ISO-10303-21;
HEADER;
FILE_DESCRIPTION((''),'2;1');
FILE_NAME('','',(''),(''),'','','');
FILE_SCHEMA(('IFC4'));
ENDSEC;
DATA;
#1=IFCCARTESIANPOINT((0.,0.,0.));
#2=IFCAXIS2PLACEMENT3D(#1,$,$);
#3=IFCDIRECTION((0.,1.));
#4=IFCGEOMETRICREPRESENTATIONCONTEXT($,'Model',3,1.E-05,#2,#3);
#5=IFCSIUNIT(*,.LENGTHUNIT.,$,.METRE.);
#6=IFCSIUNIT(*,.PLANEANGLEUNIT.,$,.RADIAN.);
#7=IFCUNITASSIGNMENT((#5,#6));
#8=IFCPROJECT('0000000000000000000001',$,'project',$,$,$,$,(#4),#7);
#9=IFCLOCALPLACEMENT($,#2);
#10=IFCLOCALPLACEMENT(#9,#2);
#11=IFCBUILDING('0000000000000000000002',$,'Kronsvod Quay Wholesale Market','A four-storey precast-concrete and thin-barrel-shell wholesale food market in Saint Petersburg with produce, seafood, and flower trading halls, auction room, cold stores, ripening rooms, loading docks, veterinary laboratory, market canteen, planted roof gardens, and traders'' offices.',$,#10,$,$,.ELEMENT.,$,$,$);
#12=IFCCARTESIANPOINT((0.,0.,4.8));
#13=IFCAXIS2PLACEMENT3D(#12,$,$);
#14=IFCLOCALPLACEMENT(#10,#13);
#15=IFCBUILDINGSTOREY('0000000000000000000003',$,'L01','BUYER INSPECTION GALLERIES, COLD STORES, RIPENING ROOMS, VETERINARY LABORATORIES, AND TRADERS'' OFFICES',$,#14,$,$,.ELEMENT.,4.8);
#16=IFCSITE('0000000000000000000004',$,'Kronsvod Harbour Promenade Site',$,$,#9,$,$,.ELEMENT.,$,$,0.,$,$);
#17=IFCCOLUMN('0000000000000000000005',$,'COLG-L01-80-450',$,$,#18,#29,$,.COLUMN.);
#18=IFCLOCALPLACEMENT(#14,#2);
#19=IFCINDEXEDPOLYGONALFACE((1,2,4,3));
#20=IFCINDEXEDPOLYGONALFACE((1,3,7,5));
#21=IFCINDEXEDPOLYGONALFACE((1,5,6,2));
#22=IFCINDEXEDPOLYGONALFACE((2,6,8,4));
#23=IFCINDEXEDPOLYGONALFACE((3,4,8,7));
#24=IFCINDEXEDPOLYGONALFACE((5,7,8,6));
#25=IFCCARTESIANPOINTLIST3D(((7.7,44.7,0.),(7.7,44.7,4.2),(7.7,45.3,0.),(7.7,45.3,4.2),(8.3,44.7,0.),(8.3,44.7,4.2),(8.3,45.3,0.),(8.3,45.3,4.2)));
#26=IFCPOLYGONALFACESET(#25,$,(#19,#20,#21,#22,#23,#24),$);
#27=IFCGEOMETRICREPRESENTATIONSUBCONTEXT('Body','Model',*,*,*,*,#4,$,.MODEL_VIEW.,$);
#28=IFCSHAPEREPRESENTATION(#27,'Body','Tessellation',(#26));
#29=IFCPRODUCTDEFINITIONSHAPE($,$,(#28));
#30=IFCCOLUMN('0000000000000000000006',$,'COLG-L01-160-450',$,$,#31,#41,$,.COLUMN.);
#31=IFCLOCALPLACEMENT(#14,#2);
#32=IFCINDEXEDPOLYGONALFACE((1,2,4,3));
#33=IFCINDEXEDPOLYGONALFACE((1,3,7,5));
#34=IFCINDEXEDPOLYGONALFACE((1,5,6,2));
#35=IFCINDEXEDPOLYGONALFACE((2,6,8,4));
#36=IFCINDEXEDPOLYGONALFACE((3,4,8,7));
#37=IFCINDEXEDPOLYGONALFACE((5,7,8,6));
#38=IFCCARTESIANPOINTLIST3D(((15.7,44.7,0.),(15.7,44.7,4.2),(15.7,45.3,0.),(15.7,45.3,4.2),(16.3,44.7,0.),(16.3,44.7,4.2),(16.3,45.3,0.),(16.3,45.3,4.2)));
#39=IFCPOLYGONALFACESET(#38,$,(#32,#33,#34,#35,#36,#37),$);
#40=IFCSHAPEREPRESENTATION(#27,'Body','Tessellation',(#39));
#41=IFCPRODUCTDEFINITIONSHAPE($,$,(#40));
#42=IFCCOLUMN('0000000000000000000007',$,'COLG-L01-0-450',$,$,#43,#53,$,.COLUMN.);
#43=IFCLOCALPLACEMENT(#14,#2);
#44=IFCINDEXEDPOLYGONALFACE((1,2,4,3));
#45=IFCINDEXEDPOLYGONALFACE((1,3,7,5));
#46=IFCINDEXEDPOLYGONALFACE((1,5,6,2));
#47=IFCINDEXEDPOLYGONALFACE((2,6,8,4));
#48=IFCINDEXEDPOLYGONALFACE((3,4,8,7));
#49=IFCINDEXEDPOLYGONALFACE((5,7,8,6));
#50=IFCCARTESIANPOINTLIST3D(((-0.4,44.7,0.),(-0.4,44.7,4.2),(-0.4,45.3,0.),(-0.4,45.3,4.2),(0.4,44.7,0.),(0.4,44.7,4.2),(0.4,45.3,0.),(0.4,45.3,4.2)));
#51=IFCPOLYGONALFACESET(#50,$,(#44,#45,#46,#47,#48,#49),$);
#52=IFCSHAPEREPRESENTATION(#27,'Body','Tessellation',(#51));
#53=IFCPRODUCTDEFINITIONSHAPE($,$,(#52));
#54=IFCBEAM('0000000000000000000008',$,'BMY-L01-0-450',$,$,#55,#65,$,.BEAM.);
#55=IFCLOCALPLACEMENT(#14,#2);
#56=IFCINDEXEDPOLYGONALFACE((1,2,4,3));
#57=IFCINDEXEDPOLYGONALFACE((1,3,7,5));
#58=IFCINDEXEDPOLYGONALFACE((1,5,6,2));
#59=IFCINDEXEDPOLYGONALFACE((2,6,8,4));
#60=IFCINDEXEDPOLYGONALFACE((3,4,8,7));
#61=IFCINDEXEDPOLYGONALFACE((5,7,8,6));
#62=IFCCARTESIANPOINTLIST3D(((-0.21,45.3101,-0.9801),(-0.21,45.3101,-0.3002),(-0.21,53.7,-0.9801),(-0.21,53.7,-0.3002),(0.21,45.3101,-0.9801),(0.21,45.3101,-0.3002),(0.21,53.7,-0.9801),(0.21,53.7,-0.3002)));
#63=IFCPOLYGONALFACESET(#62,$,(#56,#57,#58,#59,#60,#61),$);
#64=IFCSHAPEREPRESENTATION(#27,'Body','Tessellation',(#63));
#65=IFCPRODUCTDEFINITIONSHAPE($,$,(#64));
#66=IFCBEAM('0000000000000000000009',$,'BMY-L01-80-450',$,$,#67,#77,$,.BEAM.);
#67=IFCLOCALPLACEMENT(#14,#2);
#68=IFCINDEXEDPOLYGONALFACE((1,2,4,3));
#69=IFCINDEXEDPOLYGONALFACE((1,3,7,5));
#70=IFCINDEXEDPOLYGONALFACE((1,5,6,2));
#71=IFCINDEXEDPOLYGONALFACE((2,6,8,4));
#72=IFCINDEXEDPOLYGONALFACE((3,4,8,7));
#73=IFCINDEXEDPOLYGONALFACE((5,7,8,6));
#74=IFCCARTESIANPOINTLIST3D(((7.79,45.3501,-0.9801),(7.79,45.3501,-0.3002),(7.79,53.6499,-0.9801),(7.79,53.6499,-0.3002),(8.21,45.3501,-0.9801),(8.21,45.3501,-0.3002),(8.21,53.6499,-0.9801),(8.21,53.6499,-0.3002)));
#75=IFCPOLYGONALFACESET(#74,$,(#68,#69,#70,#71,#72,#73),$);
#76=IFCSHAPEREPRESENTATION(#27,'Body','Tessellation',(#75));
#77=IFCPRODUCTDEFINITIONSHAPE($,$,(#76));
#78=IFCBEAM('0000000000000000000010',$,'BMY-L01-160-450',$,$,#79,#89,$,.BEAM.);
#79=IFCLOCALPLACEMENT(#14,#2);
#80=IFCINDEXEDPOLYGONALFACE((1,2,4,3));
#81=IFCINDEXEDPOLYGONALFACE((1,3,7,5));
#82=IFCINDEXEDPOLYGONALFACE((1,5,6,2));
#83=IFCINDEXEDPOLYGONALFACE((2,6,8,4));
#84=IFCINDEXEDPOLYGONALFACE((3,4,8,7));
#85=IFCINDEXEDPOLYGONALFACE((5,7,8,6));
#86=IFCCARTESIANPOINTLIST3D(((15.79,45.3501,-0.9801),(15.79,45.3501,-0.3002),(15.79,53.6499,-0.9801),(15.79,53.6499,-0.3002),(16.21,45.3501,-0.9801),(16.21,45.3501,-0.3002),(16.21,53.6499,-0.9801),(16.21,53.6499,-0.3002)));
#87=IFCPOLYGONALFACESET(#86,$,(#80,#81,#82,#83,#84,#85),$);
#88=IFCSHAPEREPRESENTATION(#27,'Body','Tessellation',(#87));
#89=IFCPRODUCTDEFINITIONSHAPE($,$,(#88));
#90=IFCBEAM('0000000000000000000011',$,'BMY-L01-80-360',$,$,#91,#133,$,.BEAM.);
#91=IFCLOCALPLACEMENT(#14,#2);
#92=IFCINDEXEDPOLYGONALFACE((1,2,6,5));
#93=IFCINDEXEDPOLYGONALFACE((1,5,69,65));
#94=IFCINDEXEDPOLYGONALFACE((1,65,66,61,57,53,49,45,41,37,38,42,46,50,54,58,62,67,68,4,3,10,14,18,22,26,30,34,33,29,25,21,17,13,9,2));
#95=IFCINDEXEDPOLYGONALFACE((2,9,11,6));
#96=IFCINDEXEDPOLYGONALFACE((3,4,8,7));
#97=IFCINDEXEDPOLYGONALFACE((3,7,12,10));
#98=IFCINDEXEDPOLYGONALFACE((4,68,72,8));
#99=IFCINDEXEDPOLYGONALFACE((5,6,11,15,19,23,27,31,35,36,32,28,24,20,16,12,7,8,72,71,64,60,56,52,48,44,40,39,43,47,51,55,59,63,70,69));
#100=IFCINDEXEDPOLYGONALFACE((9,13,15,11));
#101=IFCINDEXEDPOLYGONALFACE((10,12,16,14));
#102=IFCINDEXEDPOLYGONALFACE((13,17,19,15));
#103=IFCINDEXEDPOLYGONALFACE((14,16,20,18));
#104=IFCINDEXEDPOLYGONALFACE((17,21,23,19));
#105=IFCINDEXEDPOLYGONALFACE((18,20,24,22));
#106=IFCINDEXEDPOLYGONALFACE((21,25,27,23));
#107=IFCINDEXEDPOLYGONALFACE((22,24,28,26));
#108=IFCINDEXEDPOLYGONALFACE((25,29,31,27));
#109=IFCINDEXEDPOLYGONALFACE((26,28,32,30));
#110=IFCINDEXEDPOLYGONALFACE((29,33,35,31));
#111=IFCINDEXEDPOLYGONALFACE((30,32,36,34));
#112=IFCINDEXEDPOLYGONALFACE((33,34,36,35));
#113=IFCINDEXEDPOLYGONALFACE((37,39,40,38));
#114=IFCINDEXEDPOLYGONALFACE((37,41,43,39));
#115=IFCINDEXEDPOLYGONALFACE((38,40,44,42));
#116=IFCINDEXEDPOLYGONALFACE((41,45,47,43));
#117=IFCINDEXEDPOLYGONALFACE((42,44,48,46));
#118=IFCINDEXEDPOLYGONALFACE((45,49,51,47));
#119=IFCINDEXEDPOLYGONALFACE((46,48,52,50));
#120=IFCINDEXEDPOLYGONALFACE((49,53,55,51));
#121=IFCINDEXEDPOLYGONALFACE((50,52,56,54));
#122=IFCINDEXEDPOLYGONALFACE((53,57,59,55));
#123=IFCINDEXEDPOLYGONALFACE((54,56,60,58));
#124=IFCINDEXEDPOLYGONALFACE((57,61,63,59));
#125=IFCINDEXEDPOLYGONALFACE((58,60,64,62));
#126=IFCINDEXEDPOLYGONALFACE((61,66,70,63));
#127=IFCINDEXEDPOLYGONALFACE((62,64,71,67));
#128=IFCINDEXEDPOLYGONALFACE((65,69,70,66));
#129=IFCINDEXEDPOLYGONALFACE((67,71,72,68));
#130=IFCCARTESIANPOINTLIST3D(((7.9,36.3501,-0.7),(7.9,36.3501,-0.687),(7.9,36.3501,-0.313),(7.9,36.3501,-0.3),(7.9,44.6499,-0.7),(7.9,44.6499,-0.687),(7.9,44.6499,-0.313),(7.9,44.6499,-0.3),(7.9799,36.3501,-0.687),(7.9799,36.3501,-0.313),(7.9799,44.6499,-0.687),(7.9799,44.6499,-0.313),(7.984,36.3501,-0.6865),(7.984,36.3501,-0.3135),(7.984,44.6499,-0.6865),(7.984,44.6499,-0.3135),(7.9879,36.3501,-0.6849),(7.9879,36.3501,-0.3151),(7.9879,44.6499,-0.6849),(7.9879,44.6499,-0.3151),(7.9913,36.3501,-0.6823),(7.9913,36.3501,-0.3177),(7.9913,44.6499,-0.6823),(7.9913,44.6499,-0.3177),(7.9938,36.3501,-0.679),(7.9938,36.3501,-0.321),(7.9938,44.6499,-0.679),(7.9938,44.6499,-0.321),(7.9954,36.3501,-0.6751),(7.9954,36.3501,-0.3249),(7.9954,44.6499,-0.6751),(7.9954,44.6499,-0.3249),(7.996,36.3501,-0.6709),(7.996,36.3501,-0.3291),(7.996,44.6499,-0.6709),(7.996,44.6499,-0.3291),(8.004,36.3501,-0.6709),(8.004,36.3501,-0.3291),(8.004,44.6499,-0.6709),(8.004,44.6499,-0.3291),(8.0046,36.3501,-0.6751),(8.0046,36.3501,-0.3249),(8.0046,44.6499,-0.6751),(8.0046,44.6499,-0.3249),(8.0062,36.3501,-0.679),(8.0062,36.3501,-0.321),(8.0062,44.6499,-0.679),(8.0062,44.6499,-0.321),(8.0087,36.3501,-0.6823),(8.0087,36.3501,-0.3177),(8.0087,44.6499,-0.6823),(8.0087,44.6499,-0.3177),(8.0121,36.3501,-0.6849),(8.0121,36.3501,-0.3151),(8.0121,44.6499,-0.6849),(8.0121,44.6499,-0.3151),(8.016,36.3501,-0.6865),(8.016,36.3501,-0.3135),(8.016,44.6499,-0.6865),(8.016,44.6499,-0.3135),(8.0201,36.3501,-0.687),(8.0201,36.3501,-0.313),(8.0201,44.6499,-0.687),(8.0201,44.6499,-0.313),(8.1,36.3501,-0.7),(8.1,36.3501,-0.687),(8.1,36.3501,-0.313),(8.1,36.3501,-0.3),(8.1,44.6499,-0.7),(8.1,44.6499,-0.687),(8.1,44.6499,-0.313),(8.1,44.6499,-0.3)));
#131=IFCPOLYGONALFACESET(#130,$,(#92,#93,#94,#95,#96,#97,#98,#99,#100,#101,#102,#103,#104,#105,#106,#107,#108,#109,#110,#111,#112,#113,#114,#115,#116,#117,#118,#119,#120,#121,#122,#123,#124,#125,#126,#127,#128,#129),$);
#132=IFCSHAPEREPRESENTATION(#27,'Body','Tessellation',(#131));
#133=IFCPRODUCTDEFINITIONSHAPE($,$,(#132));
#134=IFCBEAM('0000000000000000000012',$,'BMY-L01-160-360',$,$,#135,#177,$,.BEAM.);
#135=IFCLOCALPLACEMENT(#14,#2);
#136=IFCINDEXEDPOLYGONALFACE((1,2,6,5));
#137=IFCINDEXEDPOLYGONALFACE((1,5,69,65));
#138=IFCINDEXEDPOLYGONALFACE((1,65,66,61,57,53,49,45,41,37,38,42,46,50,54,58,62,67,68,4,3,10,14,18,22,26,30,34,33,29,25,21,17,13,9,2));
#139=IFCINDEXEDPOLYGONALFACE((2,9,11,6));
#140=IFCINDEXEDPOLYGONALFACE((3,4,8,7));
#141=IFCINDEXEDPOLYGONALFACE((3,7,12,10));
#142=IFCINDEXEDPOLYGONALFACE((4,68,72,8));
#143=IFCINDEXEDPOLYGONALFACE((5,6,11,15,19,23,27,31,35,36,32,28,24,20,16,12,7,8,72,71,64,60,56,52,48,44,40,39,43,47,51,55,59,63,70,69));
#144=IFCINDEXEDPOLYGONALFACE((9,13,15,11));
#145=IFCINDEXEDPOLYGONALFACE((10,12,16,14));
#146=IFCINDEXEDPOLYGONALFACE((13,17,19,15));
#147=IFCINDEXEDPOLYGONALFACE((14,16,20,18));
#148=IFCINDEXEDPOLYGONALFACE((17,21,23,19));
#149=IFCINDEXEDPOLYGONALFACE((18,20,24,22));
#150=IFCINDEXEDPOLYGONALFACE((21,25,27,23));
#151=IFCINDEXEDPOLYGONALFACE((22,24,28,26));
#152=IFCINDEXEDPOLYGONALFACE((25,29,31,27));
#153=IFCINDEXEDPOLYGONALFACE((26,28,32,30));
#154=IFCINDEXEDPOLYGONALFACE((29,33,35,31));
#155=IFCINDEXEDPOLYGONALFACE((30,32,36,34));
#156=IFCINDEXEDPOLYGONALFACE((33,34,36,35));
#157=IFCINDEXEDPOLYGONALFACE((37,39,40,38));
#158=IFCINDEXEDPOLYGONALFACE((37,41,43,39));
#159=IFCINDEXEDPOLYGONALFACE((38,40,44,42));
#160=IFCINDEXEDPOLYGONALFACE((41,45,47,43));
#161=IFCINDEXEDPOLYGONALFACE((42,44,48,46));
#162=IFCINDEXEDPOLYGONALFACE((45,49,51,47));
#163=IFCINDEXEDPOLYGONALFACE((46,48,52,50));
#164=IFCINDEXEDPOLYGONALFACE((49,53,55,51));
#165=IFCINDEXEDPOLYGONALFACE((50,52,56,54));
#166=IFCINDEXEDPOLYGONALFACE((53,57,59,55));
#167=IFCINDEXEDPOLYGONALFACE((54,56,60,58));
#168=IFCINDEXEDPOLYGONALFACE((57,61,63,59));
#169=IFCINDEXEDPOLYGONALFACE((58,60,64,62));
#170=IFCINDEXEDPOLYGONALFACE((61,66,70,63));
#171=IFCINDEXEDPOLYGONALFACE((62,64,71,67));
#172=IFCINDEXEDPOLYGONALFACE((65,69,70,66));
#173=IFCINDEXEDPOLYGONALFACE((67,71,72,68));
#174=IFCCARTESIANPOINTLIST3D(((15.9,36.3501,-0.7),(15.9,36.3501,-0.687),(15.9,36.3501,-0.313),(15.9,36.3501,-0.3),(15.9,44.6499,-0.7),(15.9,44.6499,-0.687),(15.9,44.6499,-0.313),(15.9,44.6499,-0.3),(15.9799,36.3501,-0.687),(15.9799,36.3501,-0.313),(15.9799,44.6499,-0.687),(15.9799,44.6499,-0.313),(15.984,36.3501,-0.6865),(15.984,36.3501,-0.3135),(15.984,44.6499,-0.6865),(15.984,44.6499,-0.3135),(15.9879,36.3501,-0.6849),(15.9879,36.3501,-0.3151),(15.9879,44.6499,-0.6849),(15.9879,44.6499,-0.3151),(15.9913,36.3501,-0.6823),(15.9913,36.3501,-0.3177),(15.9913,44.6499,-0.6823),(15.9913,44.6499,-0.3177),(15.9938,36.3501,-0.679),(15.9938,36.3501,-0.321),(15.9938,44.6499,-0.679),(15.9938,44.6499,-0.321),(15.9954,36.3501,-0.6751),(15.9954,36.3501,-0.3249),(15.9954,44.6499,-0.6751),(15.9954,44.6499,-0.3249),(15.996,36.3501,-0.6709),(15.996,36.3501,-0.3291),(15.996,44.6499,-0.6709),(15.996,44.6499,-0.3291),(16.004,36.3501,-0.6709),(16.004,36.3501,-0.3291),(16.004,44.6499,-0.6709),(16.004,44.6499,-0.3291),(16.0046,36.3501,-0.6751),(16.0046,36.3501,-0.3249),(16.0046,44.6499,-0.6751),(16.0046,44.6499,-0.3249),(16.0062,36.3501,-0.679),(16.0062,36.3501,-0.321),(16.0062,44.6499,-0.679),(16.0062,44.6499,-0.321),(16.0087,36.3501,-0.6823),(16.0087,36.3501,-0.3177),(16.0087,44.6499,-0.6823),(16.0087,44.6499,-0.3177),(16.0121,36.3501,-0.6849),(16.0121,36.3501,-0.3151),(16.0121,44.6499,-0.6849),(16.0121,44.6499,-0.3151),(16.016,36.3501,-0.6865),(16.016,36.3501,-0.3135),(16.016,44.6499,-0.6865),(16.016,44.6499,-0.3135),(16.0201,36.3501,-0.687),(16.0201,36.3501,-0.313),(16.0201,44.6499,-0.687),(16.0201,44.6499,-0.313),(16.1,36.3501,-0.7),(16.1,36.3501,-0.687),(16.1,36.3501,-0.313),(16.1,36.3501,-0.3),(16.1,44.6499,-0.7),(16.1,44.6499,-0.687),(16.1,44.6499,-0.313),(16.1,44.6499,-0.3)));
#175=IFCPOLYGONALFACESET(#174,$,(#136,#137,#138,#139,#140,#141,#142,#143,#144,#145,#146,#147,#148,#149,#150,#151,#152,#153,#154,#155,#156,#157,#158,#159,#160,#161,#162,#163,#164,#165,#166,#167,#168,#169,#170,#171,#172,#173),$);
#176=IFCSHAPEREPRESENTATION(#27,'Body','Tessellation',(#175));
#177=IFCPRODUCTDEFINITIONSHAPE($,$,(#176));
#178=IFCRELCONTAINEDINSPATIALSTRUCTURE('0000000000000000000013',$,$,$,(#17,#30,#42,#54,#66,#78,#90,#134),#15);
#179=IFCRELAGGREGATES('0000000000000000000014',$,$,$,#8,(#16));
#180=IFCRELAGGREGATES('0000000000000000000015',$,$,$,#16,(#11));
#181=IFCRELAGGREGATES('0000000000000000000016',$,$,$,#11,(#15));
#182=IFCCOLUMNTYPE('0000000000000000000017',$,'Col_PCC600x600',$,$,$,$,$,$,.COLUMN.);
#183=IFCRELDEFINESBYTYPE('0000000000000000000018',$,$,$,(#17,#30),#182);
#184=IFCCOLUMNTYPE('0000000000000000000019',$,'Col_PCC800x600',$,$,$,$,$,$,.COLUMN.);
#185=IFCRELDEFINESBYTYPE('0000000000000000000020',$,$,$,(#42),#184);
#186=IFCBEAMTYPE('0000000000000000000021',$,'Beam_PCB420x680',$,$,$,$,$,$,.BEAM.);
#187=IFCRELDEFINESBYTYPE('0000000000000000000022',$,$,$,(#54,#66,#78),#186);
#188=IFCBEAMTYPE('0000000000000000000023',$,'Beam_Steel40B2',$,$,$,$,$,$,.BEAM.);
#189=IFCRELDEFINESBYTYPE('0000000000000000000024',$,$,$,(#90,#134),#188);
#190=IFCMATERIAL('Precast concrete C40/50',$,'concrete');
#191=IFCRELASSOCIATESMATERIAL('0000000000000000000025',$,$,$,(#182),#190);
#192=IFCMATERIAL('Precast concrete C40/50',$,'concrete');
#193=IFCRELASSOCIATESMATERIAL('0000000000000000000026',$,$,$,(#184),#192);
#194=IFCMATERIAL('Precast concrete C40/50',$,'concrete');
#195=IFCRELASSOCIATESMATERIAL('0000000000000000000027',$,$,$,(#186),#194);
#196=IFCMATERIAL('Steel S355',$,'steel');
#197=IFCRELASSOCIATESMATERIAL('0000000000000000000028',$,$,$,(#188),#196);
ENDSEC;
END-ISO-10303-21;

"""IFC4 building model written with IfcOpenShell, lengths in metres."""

from ifc_helpers import new_model, si_unit, direction, frame, origin, origin_2d, place, context, subcontext, project, spatial, rectangle, i_section, extrude, material, material_profile, profile_set, type_object, element, save


model = new_model("IFC4")

# Units and contexts
model_context = context("Model", 3, precision=1e-05, world=origin(), true_north=direction((0.0, 1.0)))
body_context = subcontext(model_context, "Body", "Model", "MODEL_VIEW")
ifc_project = project(units=[si_unit("LENGTHUNIT", "METRE"), si_unit("PLANEANGLEUNIT", "RADIAN")], contexts=[model_context])

# Site, building, storey
site_placement = place(None, origin())
site = spatial("IfcSite", under=ifc_project, at=site_placement, Name="Kronsvod Harbour Promenade Site", CompositionType="ELEMENT", RefElevation=0.0)
building_placement = place(site_placement, origin())
building = spatial("IfcBuilding", under=site, at=building_placement, Name="Kronsvod Quay Wholesale Market", Description="A four-storey precast-concrete and thin-barrel-shell wholesale food market in Saint Petersburg with produce, seafood, and flower trading halls, auction room, cold stores, ripening rooms, loading docks, veterinary laboratory, market canteen, planted roof gardens, and traders' offices.", CompositionType="ELEMENT")
storey_placement = place(building_placement, frame((0.0, 0.0, 4.8)))
storey = spatial("IfcBuildingStorey", under=building, at=storey_placement, Name="L01", Description="BUYER INSPECTION GALLERIES, COLD STORES, RIPENING ROOMS, VETERINARY LABORATORIES, AND TRADERS' OFFICES", CompositionType="ELEMENT", Elevation=4.8)

# Columns
ifc_material_1 = material(Name="Precast concrete C40/50", Category="concrete")
ifc_material_profile_1 = material_profile(ifc_material_1, rectangle(XDim=0.6001, YDim=0.6001, at=origin_2d()), Name="PCC600x600")
ifc_profile_set_1 = profile_set([ifc_material_profile_1], Name="Precast concrete C40/50")
column_type_1 = type_object("IfcColumnType", Name="Col_PCC600x600", PredefinedType="COLUMN", material=ifc_profile_set_1)
for number, where, z_axis, x_axis, name in (
    (1, (8.0, 45.0, 0.0), (0.0, 0.0, 1.0), (1.0, 0.0, 0.0), "COLG-L01-80-450"),
    (2, (16.0, 45.0, 0.0), (0.0, 0.0, 1.0), (1.0, 0.0, 0.0), "COLG-L01-160-450"),
):
    element("IfcColumn", number, at=place(storey_placement, frame(where, z_axis=z_axis, x_axis=x_axis)), inside=storey, type_object=column_type_1, Name=name, PredefinedType="COLUMN", context=body_context, shape_type="SweptSolid", body=[
        extrude(rectangle(XDim=0.6001, YDim=0.6001, at=origin_2d()), origin(), (0.0, 0.0, 1.0), 4.2),
    ])
ifc_material_2 = material(Name="Precast concrete C40/50", Category="concrete")
ifc_material_profile_2 = material_profile(ifc_material_2, rectangle(XDim=0.8, YDim=0.6001, at=origin_2d()), Name="PCC800x600")
ifc_profile_set_2 = profile_set([ifc_material_profile_2], Name="Precast concrete C40/50")
column_type_2 = type_object("IfcColumnType", Name="Col_PCC800x600", PredefinedType="COLUMN", material=ifc_profile_set_2)
column_placement = place(storey_placement, frame((0.0, 45.0, 0.0), z_axis=(0.0, 0.0, 1.0), x_axis=(1.0, 0.0, 0.0)))
element("IfcColumn", 3, at=column_placement, inside=storey, type_object=column_type_2, Name="COLG-L01-0-450", PredefinedType="COLUMN", context=body_context, shape_type="SweptSolid", body=[
    extrude(rectangle(XDim=0.8, YDim=0.6001, at=origin_2d()), origin(), (0.0, 0.0, 1.0), 4.2),
])

# Beams
ifc_material_3 = material(Name="Precast concrete C40/50", Category="concrete")
ifc_material_profile_3 = material_profile(ifc_material_3, rectangle(XDim=0.4199, YDim=0.6799, at=origin_2d()), Name="PB-05")
ifc_profile_set_3 = profile_set([ifc_material_profile_3], Name="Precast concrete C40/50")
beam_type_1 = type_object("IfcBeamType", Name="Beam_PCB420x680", PredefinedType="BEAM", material=ifc_profile_set_3)
beam_1_placement = place(storey_placement, frame((0.0, 45.3101, -0.6401), z_axis=(0.0, 1.0, 0.0), x_axis=(-1.0, 0.0, 0.0)))
element("IfcBeam", 4, at=beam_1_placement, inside=storey, type_object=beam_type_1, Name="BMY-L01-0-450", PredefinedType="BEAM", context=body_context, shape_type="SweptSolid", body=[
    extrude(rectangle(XDim=0.4199, YDim=0.6799, at=origin_2d()), origin(), (0.0, 0.0, 1.0), 8.3899),
])
for number, where, z_axis, x_axis, name in (
    (5, (8.0, 45.3501, -0.6401), (0.0, 1.0, 0.0), (-1.0, 0.0, 0.0), "BMY-L01-80-450"),
    (6, (16.0, 45.3501, -0.6401), (0.0, 1.0, 0.0), (-1.0, 0.0, 0.0), "BMY-L01-160-450"),
):
    element("IfcBeam", number, at=place(storey_placement, frame(where, z_axis=z_axis, x_axis=x_axis)), inside=storey, type_object=beam_type_1, Name=name, PredefinedType="BEAM", context=body_context, shape_type="SweptSolid", body=[
        extrude(rectangle(XDim=0.4199, YDim=0.6799, at=origin_2d()), origin(), (0.0, 0.0, 1.0), 8.2998),
    ])
ifc_material_4 = material(Name="Steel S355", Category="steel")
ifc_material_profile_4 = material_profile(ifc_material_4, i_section(OverallWidth=0.2, OverallDepth=0.3999, WebThickness=0.0081, FlangeThickness=0.0129, FilletRadius=0.0161, at=origin_2d()), Name="40B2")
ifc_profile_set_4 = profile_set([ifc_material_profile_4], Name="Steel S355")
beam_type_2 = type_object("IfcBeamType", Name="Beam_Steel40B2", PredefinedType="BEAM", material=ifc_profile_set_4)
for number, where, z_axis, x_axis, name in (
    (7, (8.0, 36.3501, -0.5), (0.0, 1.0, 0.0), (-1.0, 0.0, 0.0), "BMY-L01-80-360"),
    (8, (16.0, 36.3501, -0.5), (0.0, 1.0, 0.0), (-1.0, 0.0, 0.0), "BMY-L01-160-360"),
):
    element("IfcBeam", number, at=place(storey_placement, frame(where, z_axis=z_axis, x_axis=x_axis)), inside=storey, type_object=beam_type_2, Name=name, PredefinedType="BEAM", context=body_context, shape_type="SweptSolid", body=[
        extrude(i_section(OverallWidth=0.2, OverallDepth=0.3999, WebThickness=0.0081, FlangeThickness=0.0129, FilletRadius=0.0161, at=origin_2d()), origin(), (0.0, 0.0, 1.0), 8.2998),
    ])

save(model, "model.ifc")
